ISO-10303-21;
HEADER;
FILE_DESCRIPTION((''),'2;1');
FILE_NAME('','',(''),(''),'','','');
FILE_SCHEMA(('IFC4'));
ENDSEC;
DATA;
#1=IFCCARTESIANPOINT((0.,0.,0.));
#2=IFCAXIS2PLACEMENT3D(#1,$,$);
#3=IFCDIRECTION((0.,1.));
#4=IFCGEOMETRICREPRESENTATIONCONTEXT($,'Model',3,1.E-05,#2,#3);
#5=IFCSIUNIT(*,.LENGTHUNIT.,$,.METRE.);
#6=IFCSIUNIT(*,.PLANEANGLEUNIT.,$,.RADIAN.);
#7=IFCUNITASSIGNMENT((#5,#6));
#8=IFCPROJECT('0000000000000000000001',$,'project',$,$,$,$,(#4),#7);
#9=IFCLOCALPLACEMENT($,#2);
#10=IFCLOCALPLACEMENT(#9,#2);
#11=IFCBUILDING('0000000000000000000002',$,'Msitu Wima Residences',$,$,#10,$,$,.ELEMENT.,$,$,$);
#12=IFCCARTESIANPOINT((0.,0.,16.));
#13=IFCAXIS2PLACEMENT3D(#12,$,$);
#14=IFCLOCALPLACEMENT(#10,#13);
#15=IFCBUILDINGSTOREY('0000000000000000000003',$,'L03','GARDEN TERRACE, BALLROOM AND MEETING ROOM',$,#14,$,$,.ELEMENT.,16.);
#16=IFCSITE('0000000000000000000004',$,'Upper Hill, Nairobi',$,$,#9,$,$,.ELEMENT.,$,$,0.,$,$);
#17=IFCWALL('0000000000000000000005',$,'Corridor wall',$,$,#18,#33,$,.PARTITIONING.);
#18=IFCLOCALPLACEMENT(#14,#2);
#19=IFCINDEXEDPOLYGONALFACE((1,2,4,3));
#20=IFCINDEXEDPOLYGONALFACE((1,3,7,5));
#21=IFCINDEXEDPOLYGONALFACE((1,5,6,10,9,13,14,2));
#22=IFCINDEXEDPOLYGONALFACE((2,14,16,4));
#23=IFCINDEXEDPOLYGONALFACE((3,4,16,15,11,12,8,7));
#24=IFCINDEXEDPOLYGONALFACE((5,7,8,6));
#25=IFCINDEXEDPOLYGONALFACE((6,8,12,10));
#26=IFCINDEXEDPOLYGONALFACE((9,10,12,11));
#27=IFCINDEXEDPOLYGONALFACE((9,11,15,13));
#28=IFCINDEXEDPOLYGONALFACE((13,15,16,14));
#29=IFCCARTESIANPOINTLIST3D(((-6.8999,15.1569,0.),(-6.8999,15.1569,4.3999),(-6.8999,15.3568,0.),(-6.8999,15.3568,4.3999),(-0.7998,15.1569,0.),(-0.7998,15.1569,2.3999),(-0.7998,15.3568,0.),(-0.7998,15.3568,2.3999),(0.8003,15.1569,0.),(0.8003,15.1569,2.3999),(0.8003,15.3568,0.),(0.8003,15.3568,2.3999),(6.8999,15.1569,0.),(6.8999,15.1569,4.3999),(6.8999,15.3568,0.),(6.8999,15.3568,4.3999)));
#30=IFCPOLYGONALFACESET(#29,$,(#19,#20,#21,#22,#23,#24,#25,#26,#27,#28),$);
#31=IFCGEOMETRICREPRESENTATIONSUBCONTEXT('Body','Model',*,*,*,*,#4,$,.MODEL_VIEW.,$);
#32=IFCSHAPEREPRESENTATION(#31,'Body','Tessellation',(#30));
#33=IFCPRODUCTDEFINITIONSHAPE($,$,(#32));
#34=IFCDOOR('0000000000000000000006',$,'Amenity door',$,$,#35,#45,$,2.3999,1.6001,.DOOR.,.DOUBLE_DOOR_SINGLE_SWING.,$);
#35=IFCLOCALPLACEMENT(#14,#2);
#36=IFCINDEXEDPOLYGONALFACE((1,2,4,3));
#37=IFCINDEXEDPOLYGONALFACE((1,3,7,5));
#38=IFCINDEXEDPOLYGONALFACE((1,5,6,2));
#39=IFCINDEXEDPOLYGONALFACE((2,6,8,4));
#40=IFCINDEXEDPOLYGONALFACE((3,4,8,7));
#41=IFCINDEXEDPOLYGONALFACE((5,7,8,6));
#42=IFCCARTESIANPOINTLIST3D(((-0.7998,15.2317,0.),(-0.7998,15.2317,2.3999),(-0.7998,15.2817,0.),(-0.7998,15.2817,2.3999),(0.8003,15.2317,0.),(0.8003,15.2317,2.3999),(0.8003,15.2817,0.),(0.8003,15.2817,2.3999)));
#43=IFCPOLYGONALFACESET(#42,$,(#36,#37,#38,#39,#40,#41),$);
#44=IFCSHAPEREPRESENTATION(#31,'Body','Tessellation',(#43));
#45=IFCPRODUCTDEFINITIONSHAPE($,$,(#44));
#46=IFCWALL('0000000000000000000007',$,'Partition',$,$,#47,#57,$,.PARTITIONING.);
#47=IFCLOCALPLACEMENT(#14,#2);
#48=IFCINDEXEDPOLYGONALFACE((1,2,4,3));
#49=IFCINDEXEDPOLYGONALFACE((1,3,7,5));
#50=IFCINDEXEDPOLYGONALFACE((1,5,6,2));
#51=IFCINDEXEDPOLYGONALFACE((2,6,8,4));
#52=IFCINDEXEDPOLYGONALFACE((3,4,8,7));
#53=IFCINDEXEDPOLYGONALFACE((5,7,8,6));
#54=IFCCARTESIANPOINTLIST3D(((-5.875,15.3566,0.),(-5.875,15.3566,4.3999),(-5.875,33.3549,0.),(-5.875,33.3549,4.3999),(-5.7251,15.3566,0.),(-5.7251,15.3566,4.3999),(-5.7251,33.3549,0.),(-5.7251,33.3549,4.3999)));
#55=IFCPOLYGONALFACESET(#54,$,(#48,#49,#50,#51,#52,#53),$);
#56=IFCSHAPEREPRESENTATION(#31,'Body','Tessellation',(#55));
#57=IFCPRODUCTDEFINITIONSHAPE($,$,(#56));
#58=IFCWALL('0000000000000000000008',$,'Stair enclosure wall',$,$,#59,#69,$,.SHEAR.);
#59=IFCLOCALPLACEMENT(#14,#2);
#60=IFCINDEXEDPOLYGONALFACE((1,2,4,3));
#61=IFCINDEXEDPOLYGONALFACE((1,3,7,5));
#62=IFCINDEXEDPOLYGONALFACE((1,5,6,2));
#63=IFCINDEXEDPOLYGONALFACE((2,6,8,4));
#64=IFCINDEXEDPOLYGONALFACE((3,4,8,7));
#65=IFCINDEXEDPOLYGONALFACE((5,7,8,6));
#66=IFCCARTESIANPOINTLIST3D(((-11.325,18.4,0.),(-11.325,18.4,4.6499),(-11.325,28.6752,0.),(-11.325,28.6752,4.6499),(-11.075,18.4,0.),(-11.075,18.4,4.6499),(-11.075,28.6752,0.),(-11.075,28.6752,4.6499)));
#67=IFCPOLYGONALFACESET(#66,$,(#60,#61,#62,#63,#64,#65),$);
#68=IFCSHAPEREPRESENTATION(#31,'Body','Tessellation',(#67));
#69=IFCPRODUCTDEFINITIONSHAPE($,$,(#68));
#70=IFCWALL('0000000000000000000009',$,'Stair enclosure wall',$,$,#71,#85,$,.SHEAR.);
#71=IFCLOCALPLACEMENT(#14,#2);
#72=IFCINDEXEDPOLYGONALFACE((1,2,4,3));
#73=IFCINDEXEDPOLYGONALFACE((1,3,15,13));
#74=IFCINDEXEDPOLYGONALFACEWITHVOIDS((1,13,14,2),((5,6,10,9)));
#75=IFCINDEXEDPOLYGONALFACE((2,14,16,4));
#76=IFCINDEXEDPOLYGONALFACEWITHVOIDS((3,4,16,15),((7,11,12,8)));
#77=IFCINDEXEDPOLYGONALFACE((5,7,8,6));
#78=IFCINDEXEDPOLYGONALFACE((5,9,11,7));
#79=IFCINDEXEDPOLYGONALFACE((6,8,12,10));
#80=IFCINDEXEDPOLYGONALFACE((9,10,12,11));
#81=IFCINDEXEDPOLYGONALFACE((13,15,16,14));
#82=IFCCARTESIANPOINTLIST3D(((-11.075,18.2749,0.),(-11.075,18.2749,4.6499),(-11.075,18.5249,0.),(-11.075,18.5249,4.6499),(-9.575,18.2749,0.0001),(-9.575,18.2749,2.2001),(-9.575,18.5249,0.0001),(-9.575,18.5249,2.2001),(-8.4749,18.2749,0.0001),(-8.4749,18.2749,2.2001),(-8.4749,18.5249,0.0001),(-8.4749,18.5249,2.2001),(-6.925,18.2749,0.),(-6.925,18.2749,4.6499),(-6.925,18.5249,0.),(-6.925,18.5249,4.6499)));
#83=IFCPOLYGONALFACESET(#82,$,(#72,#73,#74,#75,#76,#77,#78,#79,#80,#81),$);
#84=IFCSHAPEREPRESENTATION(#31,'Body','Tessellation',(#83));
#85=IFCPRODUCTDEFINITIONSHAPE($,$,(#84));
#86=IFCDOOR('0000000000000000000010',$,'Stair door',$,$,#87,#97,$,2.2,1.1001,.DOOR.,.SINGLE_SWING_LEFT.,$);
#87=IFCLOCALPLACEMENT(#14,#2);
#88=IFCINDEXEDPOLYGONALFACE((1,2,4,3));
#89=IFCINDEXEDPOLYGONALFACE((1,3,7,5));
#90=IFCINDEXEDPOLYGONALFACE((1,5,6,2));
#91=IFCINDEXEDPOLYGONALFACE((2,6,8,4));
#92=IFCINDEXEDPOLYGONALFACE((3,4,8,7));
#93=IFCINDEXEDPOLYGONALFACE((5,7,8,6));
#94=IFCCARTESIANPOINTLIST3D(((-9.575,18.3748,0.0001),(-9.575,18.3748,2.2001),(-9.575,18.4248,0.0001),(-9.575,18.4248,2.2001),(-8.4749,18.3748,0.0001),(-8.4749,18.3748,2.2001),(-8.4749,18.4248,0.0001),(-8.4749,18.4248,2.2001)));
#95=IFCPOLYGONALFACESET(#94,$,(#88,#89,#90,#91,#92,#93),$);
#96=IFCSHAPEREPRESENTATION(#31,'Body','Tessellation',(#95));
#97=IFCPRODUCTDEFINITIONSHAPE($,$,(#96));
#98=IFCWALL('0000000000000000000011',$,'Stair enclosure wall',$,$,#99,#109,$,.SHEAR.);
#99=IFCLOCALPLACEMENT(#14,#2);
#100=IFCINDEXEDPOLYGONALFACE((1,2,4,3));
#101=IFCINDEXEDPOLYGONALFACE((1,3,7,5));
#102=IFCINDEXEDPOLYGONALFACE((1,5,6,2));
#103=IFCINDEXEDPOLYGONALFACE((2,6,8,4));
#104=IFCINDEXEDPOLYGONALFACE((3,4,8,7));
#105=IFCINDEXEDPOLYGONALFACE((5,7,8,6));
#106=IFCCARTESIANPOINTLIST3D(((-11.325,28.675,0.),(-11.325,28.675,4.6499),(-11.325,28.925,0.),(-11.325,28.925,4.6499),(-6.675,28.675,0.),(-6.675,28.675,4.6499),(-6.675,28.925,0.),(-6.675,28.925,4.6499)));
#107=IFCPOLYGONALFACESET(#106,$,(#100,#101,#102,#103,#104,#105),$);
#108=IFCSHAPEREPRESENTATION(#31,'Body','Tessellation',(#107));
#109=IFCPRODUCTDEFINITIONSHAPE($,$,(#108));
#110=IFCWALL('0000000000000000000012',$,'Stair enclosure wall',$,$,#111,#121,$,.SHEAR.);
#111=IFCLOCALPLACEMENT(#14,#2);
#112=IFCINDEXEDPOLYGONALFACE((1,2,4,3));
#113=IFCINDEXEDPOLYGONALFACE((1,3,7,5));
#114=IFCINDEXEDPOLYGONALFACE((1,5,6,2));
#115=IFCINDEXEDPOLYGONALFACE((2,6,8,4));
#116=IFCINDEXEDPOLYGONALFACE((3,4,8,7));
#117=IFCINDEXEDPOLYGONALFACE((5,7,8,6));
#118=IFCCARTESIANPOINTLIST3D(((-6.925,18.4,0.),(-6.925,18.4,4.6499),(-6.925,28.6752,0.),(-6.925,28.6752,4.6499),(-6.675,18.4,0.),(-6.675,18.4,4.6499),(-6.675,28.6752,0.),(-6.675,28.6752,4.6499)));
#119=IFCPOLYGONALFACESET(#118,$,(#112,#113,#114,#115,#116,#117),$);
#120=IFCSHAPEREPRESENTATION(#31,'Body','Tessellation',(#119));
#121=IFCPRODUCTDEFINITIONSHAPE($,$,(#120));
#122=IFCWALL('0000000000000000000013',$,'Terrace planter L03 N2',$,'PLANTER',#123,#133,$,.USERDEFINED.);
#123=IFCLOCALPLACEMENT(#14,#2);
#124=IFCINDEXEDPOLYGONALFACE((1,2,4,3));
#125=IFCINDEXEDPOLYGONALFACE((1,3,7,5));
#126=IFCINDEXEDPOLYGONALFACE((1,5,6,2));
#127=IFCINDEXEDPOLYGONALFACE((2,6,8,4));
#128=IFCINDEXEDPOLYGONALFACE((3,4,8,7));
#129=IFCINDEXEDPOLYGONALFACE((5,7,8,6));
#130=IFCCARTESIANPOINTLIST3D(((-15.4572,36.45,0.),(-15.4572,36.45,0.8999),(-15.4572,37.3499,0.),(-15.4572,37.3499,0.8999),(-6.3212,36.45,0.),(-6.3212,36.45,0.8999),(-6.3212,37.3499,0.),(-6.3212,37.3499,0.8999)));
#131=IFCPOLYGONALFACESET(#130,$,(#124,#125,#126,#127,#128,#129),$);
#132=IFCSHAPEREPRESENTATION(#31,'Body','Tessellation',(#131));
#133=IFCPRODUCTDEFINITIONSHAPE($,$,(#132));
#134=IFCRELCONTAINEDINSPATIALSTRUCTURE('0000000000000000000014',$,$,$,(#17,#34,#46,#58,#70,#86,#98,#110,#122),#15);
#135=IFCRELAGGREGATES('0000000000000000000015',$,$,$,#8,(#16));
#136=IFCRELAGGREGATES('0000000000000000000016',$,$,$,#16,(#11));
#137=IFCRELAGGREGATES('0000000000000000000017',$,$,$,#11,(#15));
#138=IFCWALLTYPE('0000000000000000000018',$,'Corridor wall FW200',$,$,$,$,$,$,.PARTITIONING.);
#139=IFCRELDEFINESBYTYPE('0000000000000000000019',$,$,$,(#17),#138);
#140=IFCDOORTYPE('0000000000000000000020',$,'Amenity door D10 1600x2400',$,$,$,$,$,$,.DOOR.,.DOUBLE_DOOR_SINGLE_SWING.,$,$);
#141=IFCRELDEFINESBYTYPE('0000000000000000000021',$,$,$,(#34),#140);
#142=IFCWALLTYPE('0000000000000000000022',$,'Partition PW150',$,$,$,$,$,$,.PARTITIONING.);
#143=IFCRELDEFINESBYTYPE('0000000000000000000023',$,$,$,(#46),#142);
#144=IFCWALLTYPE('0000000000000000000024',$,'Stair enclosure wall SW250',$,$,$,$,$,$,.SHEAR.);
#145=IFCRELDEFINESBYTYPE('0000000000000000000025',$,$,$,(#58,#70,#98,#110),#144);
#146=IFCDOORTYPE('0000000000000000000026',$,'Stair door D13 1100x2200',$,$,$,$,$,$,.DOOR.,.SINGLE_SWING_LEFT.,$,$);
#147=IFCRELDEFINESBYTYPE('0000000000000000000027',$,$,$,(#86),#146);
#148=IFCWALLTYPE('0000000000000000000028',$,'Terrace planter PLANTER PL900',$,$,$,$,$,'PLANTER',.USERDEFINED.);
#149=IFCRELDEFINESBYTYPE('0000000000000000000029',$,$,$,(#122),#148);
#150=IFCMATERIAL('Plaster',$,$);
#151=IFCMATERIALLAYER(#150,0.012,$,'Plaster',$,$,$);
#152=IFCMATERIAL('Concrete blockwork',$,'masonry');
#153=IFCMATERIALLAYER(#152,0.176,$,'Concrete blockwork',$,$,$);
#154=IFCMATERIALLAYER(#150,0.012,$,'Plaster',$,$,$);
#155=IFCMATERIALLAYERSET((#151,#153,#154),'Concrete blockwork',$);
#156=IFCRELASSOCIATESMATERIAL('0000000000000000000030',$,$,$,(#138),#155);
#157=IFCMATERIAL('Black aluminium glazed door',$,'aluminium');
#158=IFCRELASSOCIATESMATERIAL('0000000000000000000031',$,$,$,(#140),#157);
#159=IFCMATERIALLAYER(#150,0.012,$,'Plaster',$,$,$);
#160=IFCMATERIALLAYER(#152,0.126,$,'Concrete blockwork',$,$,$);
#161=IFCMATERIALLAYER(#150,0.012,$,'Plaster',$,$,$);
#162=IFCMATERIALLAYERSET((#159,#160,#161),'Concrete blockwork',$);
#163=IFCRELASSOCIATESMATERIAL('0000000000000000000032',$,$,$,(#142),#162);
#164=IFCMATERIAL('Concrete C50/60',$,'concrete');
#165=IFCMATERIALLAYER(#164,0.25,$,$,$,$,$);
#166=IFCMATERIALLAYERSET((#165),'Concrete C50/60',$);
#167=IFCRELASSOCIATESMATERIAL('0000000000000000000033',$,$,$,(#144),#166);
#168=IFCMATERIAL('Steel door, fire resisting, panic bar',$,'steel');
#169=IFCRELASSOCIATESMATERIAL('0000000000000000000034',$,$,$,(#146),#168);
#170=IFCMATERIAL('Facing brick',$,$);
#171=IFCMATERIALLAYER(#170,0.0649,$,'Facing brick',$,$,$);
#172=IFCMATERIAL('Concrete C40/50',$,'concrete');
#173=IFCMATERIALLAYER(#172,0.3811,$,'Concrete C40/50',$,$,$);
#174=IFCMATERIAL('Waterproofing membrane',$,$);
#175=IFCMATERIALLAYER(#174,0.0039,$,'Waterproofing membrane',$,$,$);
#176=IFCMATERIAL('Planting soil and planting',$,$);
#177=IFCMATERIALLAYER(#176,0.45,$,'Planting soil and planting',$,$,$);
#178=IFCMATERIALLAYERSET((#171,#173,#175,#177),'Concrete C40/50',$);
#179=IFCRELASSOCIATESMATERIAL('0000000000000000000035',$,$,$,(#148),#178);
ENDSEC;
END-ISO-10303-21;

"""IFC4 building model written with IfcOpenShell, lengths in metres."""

from ifc_helpers import new_model, si_unit, direction, frame, frame_2d, origin, place, context, subcontext, project, spatial, rectangle, extrude, material, layer, layer_set, type_object, element, fill, save


model = new_model("IFC4")

# Units and contexts
model_context = context("Model", 3, precision=1e-05, world=origin(), true_north=direction((0.0, 1.0)))
body_context = subcontext(model_context, "Body", "Model", "MODEL_VIEW")
ifc_project = project(units=[si_unit("LENGTHUNIT", "METRE"), si_unit("PLANEANGLEUNIT", "RADIAN")], contexts=[model_context])

# Site, building, storey
site_placement = place(None, origin())
site = spatial("IfcSite", under=ifc_project, at=site_placement, Name="Upper Hill, Nairobi", CompositionType="ELEMENT", RefElevation=0.0)
building_placement = place(site_placement, origin())
building = spatial("IfcBuilding", under=site, at=building_placement, Name="Msitu Wima Residences", CompositionType="ELEMENT")
storey_placement = place(building_placement, frame((0.0, 0.0, 16.0)))
storey = spatial("IfcBuildingStorey", under=building, at=storey_placement, Name="L03", Description="GARDEN TERRACE, BALLROOM AND MEETING ROOM", CompositionType="ELEMENT", Elevation=16.0)

# Shared definitions
ifc_material_1 = material(Name="Concrete C40/50", Category="concrete")

# Shared definitions
ifc_material_2 = material(Name="Plaster")
ifc_layer_1 = layer(ifc_material_2, 0.012, Name="Plaster")
ifc_material_3 = material(Name="Concrete blockwork", Category="masonry")
ifc_layer_2 = layer(ifc_material_3, 0.176, Name="Concrete blockwork")
ifc_layer_3 = layer(ifc_material_2, 0.012, Name="Plaster")
ifc_layer_set_1 = layer_set([ifc_layer_1, ifc_layer_2, ifc_layer_3], Name="Concrete blockwork")
wall_type_1 = type_object("IfcWallType", Name="Corridor wall FW200", PredefinedType="PARTITIONING", material=ifc_layer_set_1)

# Wall, opening, door
wall_1_placement = place(storey_placement, frame((-6.8999, 15.2568, 0.0), z_axis=(0.0, 0.0, 1.0), x_axis=(1.0, 0.0, 0.0)))
wall_1 = element("IfcWall", 1, at=wall_1_placement, inside=storey, type_object=wall_type_1, Name="Corridor wall", PredefinedType="PARTITIONING", context=body_context, shape_type="SweptSolid", body=[
    extrude(rectangle(XDim=13.7998, YDim=0.2, at=frame_2d((6.8999, 0.0))), origin(), (0.0, 0.0, 1.0), 4.3999),
])
opening_1_placement = place(wall_1_placement, frame((6.1001, 0.0, 0.0)))
opening_1 = element("IfcOpeningElement", 2, at=opening_1_placement, cuts=wall_1, PredefinedType="OPENING", context=body_context, shape_type="SweptSolid", body=[
    extrude(rectangle(XDim=1.6001, YDim=2.3999, at=frame_2d((0.8, 1.2))), frame((0.0, 0.1099, 0.0), z_axis=(0.0, -1.0, 0.0), x_axis=(1.0, 0.0, 0.0)), (0.0, 0.0, 1.0), 0.22),
])
ifc_material_4 = material(Name="Black aluminium glazed door", Category="aluminium")
door_type_1 = type_object("IfcDoorType", Name="Amenity door D10 1600x2400", OperationType="DOUBLE_DOOR_SINGLE_SWING", PredefinedType="DOOR", material=ifc_material_4)
door_1_placement = place(opening_1_placement, origin())
door_1 = element("IfcDoor", 3, at=door_1_placement, inside=storey, type_object=door_type_1, Name="Amenity door", OperationType="DOUBLE_DOOR_SINGLE_SWING", OverallHeight=2.3999, OverallWidth=1.6001, PredefinedType="DOOR", context=body_context, shape_type="SweptSolid", body=[
    extrude(rectangle(XDim=1.6001, YDim=2.3999, at=frame_2d((0.8, 1.2))), frame((0.0, 0.0249, 0.0), z_axis=(0.0, -1.0, 0.0), x_axis=(1.0, 0.0, 0.0)), (0.0, 0.0, 1.0), 0.05),
])
fill(opening_1, door_1)

# Walls
ifc_layer_4 = layer(ifc_material_2, 0.012, Name="Plaster")
ifc_layer_5 = layer(ifc_material_3, 0.126, Name="Concrete blockwork")
ifc_layer_6 = layer(ifc_material_2, 0.012, Name="Plaster")
ifc_layer_set_2 = layer_set([ifc_layer_4, ifc_layer_5, ifc_layer_6], Name="Concrete blockwork")
wall_type_2 = type_object("IfcWallType", Name="Partition PW150", PredefinedType="PARTITIONING", material=ifc_layer_set_2)
wall_2_placement = place(storey_placement, frame((-5.8, 15.3567, 0.0), z_axis=(0.0, 0.0, 1.0), x_axis=(0.0, 1.0, 0.0)))
element("IfcWall", 4, at=wall_2_placement, inside=storey, type_object=wall_type_2, Name="Partition", PredefinedType="PARTITIONING", context=body_context, shape_type="SweptSolid", body=[
    extrude(rectangle(XDim=17.9983, YDim=0.1499, at=frame_2d((8.999, 0.0))), origin(), (0.0, 0.0, 1.0), 4.3999),
])
ifc_material_5 = material(Name="Concrete C50/60", Category="concrete")
ifc_layer_7 = layer(ifc_material_5, 0.25)
ifc_layer_set_3 = layer_set([ifc_layer_7], Name="Concrete C50/60")
wall_type_3 = type_object("IfcWallType", Name="Stair enclosure wall SW250", PredefinedType="SHEAR", material=ifc_layer_set_3)
wall_3_placement = place(storey_placement, frame((-11.2, 18.3999, 0.0), z_axis=(0.0, 0.0, 1.0), x_axis=(0.0, 1.0, 0.0)))
element("IfcWall", 5, at=wall_3_placement, inside=storey, type_object=wall_type_3, Name="Stair enclosure wall", PredefinedType="SHEAR", context=body_context, shape_type="SweptSolid", body=[
    extrude(rectangle(XDim=10.2751, YDim=0.25, at=frame_2d((5.1377, 0.0))), origin(), (0.0, 0.0, 1.0), 4.6499),
])

# Wall, opening, door
wall_4_placement = place(storey_placement, frame((-11.075, 18.3999, 0.0), z_axis=(0.0, 0.0, 1.0), x_axis=(1.0, 0.0, 0.0)))
wall_4 = element("IfcWall", 6, at=wall_4_placement, inside=storey, type_object=wall_type_3, Name="Stair enclosure wall", PredefinedType="SHEAR", context=body_context, shape_type="SweptSolid", body=[
    extrude(rectangle(XDim=4.1499, YDim=0.25, at=frame_2d((2.075, 0.0))), origin(), (0.0, 0.0, 1.0), 4.6499),
])
opening_2_placement = place(wall_4_placement, frame((1.5, 0.0, 0.0)))
opening_2 = element("IfcOpeningElement", 7, at=opening_2_placement, cuts=wall_4, PredefinedType="OPENING", context=body_context, shape_type="SweptSolid", body=[
    extrude(rectangle(XDim=1.1001, YDim=2.2, at=frame_2d((0.55, 1.1001))), frame((0.0, 0.135, 0.0), z_axis=(0.0, -1.0, 0.0), x_axis=(1.0, 0.0, 0.0)), (0.0, 0.0, 1.0), 0.27),
])
ifc_material_6 = material(Name="Steel door, fire resisting, panic bar", Category="steel")
door_type_2 = type_object("IfcDoorType", Name="Stair door D13 1100x2200", OperationType="SINGLE_SWING_LEFT", PredefinedType="DOOR", material=ifc_material_6)
door_2_placement = place(opening_2_placement, origin())
door_2 = element("IfcDoor", 8, at=door_2_placement, inside=storey, type_object=door_type_2, Name="Stair door", OperationType="SINGLE_SWING_LEFT", OverallHeight=2.2, OverallWidth=1.1001, PredefinedType="DOOR", context=body_context, shape_type="SweptSolid", body=[
    extrude(rectangle(XDim=1.1001, YDim=2.2, at=frame_2d((0.55, 1.1001))), frame((0.0, 0.0249, 0.0), z_axis=(0.0, -1.0, 0.0), x_axis=(1.0, 0.0, 0.0)), (0.0, 0.0, 1.0), 0.05),
])
fill(opening_2, door_2)

# Walls
wall_5_placement = place(storey_placement, frame((-11.325, 28.8, 0.0), z_axis=(0.0, 0.0, 1.0), x_axis=(1.0, 0.0, 0.0)))
element("IfcWall", 9, at=wall_5_placement, inside=storey, type_object=wall_type_3, Name="Stair enclosure wall", PredefinedType="SHEAR", context=body_context, shape_type="SweptSolid", body=[
    extrude(rectangle(XDim=4.6499, YDim=0.25, at=frame_2d((2.325, 0.0))), origin(), (0.0, 0.0, 1.0), 4.6499),
])
wall_6_placement = place(storey_placement, frame((-6.8, 18.3999, 0.0), z_axis=(0.0, 0.0, 1.0), x_axis=(0.0, 1.0, 0.0)))
element("IfcWall", 10, at=wall_6_placement, inside=storey, type_object=wall_type_3, Name="Stair enclosure wall", PredefinedType="SHEAR", context=body_context, shape_type="SweptSolid", body=[
    extrude(rectangle(XDim=10.2751, YDim=0.25, at=frame_2d((5.1377, 0.0))), origin(), (0.0, 0.0, 1.0), 4.6499),
])
ifc_material_7 = material(Name="Facing brick")
ifc_layer_8 = layer(ifc_material_7, 0.0649, Name="Facing brick")
ifc_layer_9 = layer(ifc_material_1, 0.3811, Name="Concrete C40/50")
ifc_material_8 = material(Name="Waterproofing membrane")
ifc_layer_10 = layer(ifc_material_8, 0.0039, Name="Waterproofing membrane")
ifc_material_9 = material(Name="Planting soil and planting")
ifc_layer_11 = layer(ifc_material_9, 0.45, Name="Planting soil and planting")
ifc_layer_set_4 = layer_set([ifc_layer_8, ifc_layer_9, ifc_layer_10, ifc_layer_11], Name="Concrete C40/50")
wall_type_4 = type_object("IfcWallType", Name="Terrace planter PLANTER PL900", ElementType="PLANTER", PredefinedType="USERDEFINED", material=ifc_layer_set_4)
wall_7_placement = place(storey_placement, frame((-6.3213, 36.8999, 0.0), z_axis=(0.0, 0.0, 1.0), x_axis=(-1.0, 0.0, 0.0)))
element("IfcWall", 11, at=wall_7_placement, inside=storey, type_object=wall_type_4, Name="Terrace planter L03 N2", ObjectType="PLANTER", PredefinedType="USERDEFINED", context=body_context, shape_type="SweptSolid", body=[
    extrude(rectangle(XDim=9.136, YDim=0.8999, at=frame_2d((4.5679, 0.0))), origin(), (0.0, 0.0, 1.0), 0.8999),
])

save(model, "model.ifc")
